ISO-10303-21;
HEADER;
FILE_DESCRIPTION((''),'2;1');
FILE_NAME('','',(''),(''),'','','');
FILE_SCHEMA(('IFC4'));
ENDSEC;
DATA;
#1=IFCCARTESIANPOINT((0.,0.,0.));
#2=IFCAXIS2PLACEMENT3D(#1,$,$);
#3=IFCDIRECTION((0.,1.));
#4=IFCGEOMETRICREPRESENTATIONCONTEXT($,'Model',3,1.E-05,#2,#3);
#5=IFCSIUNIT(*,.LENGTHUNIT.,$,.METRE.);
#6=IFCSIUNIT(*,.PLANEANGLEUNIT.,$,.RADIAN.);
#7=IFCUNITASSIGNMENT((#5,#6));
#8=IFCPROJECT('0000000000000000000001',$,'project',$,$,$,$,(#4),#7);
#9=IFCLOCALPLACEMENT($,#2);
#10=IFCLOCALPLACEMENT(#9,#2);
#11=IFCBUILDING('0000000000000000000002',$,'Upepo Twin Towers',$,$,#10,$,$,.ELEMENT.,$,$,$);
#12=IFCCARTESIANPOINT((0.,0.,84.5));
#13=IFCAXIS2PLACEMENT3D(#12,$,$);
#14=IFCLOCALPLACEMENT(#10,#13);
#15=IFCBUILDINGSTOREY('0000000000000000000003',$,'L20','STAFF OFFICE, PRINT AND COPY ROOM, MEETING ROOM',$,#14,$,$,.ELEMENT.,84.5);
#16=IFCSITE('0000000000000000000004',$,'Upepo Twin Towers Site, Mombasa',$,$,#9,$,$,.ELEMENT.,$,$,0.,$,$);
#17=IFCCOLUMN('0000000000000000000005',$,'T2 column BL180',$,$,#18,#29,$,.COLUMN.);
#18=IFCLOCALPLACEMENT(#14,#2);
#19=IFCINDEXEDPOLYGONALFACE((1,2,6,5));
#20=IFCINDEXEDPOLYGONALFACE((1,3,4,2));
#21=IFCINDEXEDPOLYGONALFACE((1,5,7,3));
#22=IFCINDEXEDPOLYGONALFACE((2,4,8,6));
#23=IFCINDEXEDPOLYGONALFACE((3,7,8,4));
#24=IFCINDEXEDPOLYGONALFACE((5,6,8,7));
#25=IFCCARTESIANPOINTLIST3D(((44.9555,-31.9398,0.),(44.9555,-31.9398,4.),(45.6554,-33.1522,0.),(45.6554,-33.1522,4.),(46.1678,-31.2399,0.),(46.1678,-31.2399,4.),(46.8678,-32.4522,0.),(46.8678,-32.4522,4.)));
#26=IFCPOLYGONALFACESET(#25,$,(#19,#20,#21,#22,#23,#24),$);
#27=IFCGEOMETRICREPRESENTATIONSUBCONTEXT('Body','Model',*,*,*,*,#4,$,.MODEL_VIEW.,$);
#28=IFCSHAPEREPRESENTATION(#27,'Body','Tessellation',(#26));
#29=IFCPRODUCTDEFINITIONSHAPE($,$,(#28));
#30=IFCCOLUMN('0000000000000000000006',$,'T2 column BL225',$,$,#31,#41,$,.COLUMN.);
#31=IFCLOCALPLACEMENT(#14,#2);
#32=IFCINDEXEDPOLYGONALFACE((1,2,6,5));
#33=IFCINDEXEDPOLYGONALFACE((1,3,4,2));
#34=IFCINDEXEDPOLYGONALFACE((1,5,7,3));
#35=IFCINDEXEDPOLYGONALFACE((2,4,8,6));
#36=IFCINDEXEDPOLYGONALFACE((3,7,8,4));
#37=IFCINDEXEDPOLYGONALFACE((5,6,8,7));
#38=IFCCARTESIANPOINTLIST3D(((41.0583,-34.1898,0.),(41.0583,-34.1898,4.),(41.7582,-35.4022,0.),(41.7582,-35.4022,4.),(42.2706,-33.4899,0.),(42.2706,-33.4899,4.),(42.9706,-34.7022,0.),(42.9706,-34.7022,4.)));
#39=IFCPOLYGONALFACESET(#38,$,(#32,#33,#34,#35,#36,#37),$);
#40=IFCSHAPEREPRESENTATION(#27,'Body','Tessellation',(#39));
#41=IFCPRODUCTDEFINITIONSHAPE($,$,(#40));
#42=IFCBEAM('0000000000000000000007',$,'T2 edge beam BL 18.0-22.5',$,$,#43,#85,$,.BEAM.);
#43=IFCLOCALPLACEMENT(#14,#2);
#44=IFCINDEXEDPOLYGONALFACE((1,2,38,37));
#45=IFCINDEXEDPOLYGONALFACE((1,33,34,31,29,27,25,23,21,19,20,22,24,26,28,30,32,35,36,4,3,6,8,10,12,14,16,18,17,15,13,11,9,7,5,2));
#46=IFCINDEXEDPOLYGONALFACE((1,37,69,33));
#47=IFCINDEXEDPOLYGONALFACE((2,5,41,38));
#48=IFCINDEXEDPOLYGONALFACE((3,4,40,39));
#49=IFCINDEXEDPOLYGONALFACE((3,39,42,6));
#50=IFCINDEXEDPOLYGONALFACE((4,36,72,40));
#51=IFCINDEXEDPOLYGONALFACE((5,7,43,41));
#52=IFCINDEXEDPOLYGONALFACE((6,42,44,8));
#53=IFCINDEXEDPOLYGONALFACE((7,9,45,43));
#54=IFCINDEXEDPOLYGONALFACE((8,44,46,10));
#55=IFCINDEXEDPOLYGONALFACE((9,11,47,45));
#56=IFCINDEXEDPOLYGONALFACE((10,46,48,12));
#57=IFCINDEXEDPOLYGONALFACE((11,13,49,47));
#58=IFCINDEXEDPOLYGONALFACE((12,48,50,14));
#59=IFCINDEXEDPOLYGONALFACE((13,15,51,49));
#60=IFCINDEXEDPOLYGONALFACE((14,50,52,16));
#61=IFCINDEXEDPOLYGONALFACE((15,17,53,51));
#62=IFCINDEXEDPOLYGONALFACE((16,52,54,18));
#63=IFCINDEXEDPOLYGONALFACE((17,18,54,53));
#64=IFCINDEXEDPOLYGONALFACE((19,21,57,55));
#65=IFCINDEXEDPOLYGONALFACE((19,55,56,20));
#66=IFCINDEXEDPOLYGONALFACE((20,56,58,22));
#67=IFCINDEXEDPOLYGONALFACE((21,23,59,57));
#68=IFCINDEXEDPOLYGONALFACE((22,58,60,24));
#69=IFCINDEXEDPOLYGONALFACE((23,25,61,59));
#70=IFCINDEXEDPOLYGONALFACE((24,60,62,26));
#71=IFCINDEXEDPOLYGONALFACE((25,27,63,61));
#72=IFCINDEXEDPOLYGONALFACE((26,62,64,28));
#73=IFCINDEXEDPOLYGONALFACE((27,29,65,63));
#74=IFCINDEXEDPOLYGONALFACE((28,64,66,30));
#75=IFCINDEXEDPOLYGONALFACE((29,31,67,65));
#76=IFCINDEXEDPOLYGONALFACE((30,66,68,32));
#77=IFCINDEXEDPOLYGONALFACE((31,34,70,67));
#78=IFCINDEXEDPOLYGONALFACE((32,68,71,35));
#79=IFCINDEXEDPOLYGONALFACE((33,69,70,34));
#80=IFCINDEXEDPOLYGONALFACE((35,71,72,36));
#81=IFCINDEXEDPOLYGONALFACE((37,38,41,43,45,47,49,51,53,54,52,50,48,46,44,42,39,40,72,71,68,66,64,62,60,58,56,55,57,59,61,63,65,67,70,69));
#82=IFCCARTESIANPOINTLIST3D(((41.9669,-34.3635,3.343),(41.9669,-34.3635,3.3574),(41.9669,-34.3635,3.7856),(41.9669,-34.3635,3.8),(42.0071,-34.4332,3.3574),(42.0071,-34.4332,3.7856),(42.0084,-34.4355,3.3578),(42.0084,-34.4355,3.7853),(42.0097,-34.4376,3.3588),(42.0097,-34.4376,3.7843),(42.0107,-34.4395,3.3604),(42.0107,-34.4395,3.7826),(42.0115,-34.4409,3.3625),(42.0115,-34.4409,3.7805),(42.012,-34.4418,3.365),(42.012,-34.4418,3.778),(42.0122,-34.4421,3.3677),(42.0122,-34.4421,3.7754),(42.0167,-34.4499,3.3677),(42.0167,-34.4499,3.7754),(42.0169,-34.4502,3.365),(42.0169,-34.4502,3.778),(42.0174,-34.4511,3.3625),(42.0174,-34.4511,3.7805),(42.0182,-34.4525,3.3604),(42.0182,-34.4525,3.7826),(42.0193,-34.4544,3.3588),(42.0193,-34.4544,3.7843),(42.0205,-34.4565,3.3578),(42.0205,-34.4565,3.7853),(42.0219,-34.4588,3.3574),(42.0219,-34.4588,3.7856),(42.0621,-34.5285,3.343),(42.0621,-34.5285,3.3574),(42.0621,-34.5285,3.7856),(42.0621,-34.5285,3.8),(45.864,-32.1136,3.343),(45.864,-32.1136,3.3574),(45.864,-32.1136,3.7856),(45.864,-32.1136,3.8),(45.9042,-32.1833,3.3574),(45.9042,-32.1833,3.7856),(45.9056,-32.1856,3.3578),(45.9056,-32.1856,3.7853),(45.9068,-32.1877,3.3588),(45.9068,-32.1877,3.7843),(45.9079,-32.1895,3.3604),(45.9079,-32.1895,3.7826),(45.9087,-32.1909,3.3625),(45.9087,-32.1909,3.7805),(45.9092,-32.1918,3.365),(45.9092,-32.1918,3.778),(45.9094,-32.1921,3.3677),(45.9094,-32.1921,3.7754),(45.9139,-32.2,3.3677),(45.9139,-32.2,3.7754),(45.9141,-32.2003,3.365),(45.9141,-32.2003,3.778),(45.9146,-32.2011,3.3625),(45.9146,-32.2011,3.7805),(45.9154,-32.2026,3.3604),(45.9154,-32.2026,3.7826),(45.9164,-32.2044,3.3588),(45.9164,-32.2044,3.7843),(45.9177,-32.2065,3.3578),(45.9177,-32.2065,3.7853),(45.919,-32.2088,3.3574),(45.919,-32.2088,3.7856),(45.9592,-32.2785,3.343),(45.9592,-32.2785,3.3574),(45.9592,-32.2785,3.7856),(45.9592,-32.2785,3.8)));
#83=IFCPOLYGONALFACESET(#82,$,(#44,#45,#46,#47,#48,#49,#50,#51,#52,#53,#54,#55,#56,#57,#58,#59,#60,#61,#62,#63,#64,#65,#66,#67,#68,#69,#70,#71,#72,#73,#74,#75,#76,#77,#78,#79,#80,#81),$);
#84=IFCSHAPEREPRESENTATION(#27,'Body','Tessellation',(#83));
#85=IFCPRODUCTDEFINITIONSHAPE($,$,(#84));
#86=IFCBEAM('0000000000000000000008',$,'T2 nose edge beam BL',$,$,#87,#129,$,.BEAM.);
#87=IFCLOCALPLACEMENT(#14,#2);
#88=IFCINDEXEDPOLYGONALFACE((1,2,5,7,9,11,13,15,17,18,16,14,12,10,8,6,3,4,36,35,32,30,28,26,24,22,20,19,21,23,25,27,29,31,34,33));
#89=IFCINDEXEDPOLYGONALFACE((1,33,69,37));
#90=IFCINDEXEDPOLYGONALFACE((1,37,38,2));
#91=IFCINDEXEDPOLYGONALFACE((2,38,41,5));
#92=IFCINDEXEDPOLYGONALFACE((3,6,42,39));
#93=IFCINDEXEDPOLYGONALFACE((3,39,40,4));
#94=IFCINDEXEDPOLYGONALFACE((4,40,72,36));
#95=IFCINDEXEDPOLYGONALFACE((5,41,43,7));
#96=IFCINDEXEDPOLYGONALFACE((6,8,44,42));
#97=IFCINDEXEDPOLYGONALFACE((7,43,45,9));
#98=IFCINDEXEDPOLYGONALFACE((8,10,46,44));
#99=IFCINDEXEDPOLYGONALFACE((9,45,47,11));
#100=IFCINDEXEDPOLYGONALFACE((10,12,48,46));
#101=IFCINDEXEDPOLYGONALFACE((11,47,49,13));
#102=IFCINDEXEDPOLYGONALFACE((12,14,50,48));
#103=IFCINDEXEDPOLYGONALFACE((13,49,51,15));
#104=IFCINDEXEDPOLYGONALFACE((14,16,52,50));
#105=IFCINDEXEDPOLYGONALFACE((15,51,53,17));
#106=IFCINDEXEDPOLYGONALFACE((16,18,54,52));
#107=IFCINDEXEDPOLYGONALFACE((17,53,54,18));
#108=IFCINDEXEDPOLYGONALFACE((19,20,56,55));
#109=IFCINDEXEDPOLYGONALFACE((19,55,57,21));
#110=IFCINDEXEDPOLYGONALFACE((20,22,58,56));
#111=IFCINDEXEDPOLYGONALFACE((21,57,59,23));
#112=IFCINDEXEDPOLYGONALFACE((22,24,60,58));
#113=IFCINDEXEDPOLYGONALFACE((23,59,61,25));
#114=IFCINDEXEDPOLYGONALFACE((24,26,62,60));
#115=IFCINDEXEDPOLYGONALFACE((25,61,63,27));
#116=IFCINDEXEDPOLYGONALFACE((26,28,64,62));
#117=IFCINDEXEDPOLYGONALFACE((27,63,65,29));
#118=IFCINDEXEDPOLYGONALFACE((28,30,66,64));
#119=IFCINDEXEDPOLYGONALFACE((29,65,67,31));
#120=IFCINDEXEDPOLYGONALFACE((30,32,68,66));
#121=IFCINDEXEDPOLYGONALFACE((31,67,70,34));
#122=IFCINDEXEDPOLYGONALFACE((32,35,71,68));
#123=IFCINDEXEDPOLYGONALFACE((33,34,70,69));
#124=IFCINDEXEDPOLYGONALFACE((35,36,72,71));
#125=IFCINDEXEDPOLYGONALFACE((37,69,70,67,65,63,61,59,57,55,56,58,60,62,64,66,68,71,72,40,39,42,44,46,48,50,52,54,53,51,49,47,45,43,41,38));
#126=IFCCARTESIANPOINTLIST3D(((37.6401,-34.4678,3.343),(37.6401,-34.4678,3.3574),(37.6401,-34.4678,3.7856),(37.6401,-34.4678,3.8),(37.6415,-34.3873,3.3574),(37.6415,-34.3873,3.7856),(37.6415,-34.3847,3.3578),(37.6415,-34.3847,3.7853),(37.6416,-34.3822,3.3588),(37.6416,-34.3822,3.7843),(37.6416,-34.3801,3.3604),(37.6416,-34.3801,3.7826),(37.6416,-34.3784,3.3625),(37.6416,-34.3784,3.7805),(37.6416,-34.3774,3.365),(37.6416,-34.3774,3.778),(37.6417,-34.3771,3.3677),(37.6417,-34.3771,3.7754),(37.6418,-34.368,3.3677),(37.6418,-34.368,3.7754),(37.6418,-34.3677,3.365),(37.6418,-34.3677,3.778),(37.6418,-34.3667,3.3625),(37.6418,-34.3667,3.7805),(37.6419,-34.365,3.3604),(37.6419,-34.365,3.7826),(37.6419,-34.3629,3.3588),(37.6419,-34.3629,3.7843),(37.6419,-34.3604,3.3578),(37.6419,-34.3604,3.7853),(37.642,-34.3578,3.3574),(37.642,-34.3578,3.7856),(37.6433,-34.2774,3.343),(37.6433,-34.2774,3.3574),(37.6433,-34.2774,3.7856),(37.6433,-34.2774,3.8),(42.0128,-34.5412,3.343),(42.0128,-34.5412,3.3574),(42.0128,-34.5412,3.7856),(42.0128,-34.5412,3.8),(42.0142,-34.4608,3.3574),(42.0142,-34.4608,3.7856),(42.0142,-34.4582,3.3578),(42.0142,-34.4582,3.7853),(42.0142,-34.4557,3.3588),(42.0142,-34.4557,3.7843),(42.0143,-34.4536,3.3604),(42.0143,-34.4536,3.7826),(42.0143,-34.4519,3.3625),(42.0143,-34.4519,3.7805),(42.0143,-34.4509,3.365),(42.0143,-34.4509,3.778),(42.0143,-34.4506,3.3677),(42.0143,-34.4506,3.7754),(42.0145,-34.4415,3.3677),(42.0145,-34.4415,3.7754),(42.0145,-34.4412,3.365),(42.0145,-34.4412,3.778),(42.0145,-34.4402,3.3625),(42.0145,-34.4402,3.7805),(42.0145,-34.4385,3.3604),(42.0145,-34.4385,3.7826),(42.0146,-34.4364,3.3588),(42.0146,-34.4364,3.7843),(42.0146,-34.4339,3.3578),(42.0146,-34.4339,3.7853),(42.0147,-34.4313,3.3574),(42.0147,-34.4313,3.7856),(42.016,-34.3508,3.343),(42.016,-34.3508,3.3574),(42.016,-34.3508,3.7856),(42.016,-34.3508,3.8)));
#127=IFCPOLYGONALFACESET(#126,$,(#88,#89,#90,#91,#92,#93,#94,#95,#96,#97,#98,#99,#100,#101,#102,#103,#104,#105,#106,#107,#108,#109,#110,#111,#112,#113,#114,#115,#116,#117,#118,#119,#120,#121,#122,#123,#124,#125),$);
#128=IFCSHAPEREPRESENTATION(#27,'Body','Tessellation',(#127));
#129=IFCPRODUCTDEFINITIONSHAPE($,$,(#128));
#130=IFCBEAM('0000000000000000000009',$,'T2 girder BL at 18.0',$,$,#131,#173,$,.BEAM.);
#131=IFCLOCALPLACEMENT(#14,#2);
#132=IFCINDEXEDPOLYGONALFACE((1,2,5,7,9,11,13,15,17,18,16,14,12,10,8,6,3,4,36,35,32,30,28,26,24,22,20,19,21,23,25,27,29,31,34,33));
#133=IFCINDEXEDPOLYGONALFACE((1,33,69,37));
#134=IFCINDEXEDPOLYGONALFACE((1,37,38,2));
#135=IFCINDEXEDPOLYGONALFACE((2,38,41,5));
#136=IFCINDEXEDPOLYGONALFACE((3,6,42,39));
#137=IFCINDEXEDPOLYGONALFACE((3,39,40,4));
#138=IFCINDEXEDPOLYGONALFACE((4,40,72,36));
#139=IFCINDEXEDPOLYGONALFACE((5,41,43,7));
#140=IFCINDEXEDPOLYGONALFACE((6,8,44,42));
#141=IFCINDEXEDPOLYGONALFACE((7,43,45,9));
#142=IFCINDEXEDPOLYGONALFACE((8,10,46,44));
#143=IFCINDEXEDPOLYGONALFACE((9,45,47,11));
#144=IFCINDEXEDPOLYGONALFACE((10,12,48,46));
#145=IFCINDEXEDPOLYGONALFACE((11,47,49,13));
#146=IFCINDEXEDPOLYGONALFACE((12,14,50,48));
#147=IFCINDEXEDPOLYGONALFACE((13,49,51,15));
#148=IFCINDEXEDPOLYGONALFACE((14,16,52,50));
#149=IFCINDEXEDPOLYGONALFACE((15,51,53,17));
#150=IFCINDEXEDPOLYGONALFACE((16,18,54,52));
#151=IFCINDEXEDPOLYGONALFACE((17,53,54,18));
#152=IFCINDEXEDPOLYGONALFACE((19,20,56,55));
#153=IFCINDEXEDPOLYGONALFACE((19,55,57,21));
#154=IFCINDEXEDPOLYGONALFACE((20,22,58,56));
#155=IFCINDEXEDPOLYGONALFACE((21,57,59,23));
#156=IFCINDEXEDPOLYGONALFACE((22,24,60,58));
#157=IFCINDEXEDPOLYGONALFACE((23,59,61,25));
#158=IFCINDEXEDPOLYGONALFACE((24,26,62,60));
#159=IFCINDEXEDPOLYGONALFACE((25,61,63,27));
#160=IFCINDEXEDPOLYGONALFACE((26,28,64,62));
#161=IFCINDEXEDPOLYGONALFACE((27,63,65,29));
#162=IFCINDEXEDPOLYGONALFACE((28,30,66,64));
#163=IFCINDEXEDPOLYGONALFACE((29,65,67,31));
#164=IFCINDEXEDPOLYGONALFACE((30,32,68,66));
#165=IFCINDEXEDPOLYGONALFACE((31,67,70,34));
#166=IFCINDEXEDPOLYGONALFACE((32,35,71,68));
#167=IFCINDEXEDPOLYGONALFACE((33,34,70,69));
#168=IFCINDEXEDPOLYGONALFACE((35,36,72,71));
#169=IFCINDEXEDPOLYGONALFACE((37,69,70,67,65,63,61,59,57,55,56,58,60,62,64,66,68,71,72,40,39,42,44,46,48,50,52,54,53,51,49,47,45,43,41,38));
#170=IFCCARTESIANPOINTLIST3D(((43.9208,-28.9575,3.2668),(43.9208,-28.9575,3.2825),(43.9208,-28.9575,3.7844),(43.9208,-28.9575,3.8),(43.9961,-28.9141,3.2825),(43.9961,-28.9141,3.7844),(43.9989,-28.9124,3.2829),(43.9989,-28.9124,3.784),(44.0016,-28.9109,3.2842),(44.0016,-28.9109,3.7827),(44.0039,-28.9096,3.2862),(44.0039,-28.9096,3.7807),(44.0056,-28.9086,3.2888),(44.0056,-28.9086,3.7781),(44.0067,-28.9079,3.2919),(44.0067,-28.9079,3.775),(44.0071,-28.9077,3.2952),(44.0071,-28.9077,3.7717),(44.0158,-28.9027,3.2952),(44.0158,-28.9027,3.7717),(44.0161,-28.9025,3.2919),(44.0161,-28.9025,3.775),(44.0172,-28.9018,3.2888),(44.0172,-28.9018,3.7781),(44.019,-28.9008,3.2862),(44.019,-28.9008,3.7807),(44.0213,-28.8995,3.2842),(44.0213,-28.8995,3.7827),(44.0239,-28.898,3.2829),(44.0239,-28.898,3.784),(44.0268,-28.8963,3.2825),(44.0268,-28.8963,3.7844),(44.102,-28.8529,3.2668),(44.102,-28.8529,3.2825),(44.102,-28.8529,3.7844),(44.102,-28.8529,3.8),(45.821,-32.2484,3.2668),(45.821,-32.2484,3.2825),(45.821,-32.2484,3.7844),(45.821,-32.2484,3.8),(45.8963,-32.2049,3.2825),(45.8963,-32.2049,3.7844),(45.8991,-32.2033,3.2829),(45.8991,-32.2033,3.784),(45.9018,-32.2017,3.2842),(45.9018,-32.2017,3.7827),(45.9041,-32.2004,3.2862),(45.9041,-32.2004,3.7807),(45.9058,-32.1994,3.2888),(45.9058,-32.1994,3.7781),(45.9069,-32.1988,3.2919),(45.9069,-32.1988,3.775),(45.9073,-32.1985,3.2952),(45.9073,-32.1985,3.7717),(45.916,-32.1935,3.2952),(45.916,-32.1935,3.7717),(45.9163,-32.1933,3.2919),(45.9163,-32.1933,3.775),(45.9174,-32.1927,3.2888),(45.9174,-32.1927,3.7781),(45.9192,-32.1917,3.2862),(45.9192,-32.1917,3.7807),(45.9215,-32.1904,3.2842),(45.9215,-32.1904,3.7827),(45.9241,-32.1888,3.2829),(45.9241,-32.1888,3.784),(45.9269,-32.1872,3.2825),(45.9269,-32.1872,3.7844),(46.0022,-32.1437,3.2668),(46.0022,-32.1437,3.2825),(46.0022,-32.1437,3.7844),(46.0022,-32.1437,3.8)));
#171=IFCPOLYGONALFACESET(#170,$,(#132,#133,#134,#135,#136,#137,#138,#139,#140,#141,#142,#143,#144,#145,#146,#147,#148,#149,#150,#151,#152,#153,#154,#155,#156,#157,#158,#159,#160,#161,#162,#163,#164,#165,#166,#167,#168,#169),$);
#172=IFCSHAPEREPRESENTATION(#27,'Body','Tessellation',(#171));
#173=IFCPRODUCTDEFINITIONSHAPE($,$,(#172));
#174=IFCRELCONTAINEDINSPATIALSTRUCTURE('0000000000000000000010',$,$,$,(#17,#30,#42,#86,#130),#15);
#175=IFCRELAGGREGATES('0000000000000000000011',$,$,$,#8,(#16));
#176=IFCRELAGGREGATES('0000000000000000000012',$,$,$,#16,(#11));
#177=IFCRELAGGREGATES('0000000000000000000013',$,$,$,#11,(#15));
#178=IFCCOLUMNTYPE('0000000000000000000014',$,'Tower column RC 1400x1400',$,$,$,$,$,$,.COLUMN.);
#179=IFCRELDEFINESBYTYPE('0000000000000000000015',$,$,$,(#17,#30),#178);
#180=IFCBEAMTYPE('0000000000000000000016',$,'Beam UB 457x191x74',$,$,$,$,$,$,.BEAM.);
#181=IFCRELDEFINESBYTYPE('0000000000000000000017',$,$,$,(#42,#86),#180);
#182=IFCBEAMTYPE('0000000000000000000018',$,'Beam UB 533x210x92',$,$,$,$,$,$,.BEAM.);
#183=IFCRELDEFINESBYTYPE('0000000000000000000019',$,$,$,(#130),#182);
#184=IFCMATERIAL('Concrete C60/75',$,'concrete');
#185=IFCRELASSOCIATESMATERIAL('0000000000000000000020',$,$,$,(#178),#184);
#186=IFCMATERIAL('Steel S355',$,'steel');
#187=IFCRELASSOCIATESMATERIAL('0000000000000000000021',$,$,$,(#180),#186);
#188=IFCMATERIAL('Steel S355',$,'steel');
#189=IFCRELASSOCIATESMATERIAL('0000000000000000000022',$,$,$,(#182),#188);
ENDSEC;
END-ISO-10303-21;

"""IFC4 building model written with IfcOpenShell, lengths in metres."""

from ifc_helpers import new_model, si_unit, direction, frame, origin, origin_2d, place, context, subcontext, project, spatial, rectangle, i_section, extrude, material, material_profile, profile_set, type_object, element, save


model = new_model("IFC4")

# Units and contexts
model_context = context("Model", 3, precision=1e-05, world=origin(), true_north=direction((0.0, 1.0)))
body_context = subcontext(model_context, "Body", "Model", "MODEL_VIEW")
ifc_project = project(units=[si_unit("LENGTHUNIT", "METRE"), si_unit("PLANEANGLEUNIT", "RADIAN")], contexts=[model_context])

# Site, building, storey
site_placement = place(None, origin())
site = spatial("IfcSite", under=ifc_project, at=site_placement, Name="Upepo Twin Towers Site, Mombasa", CompositionType="ELEMENT", RefElevation=0.0)
building_placement = place(site_placement, origin())
building = spatial("IfcBuilding", under=site, at=building_placement, Name="Upepo Twin Towers", CompositionType="ELEMENT")
storey_placement = place(building_placement, frame((0.0, 0.0, 84.5)))
storey = spatial("IfcBuildingStorey", under=building, at=storey_placement, Name="L20", Description="STAFF OFFICE, PRINT AND COPY ROOM, MEETING ROOM", CompositionType="ELEMENT", Elevation=84.5)

# Columns
ifc_material_1 = material(Name="Concrete C60/75", Category="concrete")
ifc_material_profile_1 = material_profile(ifc_material_1, rectangle(XDim=1.3999, YDim=1.3999, at=origin_2d()), Name="RC 1400x1400")
ifc_profile_set_1 = profile_set([ifc_material_profile_1], Name="Concrete C60/75")
column_type = type_object("IfcColumnType", Name="Tower column RC 1400x1400", PredefinedType="COLUMN", material=ifc_profile_set_1)
for number, where, z_axis, x_axis, name in (
    (1, (45.9116, -32.196, 0.0), (0.0, 0.0, 1.0), (0.866025, 0.5, 0.0), "T2 column BL180"),
    (2, (42.0144, -34.446, 0.0), (0.0, 0.0, 1.0), (0.866025, 0.5, 0.0), "T2 column BL225"),
):
    element("IfcColumn", number, at=place(storey_placement, frame(where, z_axis=z_axis, x_axis=x_axis)), inside=storey, type_object=column_type, Name=name, PredefinedType="COLUMN", context=body_context, shape_type="SweptSolid", body=[
        extrude(rectangle(XDim=1.3999, YDim=1.3999, at=origin_2d()), origin(), (0.0, 0.0, 1.0), 4.0),
    ])

# Beams
ifc_material_2 = material(Name="Steel S355", Category="steel")
ifc_material_profile_2 = material_profile(ifc_material_2, i_section(OverallWidth=0.1904, OverallDepth=0.457, WebThickness=0.009, FlangeThickness=0.0144, FilletRadius=0.0103, at=origin_2d()), Name="UB 457x191x74")
ifc_profile_set_2 = profile_set([ifc_material_profile_2], Name="Steel S355")
beam_type_1 = type_object("IfcBeamType", Name="Beam UB 457x191x74", PredefinedType="BEAM", material=ifc_profile_set_2)
beam_1_placement = place(storey_placement, frame((45.9116, -32.196, 3.5715), z_axis=(-0.866031, -0.49999, 0.0), x_axis=(0.49999, -0.866031, 0.0)))
element("IfcBeam", 3, at=beam_1_placement, inside=storey, type_object=beam_type_1, Name="T2 edge beam BL 18.0-22.5", PredefinedType="BEAM", context=body_context, shape_type="SweptSolid", body=[
    extrude(i_section(OverallWidth=0.1904, OverallDepth=0.457, WebThickness=0.009, FlangeThickness=0.0144, FilletRadius=0.0103, at=origin_2d()), origin(), (0.0, 0.0, 1.0), 4.5),
])
beam_2_placement = place(storey_placement, frame((42.0144, -34.446, 3.5715), z_axis=(-0.999859, 0.016804, 0.0), x_axis=(-0.016804, -0.999859, 0.0)))
element("IfcBeam", 4, at=beam_2_placement, inside=storey, type_object=beam_type_1, Name="T2 nose edge beam BL", PredefinedType="BEAM", context=body_context, shape_type="SweptSolid", body=[
    extrude(i_section(OverallWidth=0.1904, OverallDepth=0.457, WebThickness=0.009, FlangeThickness=0.0144, FilletRadius=0.0103, at=origin_2d()), origin(), (0.0, 0.0, 1.0), 4.3733),
])
ifc_material_3 = material(Name="Steel S355", Category="steel")
ifc_material_profile_3 = material_profile(ifc_material_3, i_section(OverallWidth=0.2092, OverallDepth=0.5332, WebThickness=0.01, FlangeThickness=0.0156, FilletRadius=0.0127, at=origin_2d()), Name="UB 533x210x92")
ifc_profile_set_3 = profile_set([ifc_material_profile_3], Name="Steel S355")
beam_type_2 = type_object("IfcBeamType", Name="Beam UB 533x210x92", PredefinedType="BEAM", material=ifc_profile_set_3)
beam_3_placement = place(storey_placement, frame((45.9116, -32.196, 3.5334), z_axis=(-0.500043, 0.866, 0.0), x_axis=(-0.866, -0.500043, 0.0)))
element("IfcBeam", 5, at=beam_3_placement, inside=storey, type_object=beam_type_2, Name="T2 girder BL at 18.0", PredefinedType="BEAM", context=body_context, shape_type="SweptSolid", body=[
    extrude(i_section(OverallWidth=0.2092, OverallDepth=0.5332, WebThickness=0.01, FlangeThickness=0.0156, FilletRadius=0.0127, at=origin_2d()), origin(), (0.0, 0.0, 1.0), 3.8),
])

save(model, "model.ifc")
